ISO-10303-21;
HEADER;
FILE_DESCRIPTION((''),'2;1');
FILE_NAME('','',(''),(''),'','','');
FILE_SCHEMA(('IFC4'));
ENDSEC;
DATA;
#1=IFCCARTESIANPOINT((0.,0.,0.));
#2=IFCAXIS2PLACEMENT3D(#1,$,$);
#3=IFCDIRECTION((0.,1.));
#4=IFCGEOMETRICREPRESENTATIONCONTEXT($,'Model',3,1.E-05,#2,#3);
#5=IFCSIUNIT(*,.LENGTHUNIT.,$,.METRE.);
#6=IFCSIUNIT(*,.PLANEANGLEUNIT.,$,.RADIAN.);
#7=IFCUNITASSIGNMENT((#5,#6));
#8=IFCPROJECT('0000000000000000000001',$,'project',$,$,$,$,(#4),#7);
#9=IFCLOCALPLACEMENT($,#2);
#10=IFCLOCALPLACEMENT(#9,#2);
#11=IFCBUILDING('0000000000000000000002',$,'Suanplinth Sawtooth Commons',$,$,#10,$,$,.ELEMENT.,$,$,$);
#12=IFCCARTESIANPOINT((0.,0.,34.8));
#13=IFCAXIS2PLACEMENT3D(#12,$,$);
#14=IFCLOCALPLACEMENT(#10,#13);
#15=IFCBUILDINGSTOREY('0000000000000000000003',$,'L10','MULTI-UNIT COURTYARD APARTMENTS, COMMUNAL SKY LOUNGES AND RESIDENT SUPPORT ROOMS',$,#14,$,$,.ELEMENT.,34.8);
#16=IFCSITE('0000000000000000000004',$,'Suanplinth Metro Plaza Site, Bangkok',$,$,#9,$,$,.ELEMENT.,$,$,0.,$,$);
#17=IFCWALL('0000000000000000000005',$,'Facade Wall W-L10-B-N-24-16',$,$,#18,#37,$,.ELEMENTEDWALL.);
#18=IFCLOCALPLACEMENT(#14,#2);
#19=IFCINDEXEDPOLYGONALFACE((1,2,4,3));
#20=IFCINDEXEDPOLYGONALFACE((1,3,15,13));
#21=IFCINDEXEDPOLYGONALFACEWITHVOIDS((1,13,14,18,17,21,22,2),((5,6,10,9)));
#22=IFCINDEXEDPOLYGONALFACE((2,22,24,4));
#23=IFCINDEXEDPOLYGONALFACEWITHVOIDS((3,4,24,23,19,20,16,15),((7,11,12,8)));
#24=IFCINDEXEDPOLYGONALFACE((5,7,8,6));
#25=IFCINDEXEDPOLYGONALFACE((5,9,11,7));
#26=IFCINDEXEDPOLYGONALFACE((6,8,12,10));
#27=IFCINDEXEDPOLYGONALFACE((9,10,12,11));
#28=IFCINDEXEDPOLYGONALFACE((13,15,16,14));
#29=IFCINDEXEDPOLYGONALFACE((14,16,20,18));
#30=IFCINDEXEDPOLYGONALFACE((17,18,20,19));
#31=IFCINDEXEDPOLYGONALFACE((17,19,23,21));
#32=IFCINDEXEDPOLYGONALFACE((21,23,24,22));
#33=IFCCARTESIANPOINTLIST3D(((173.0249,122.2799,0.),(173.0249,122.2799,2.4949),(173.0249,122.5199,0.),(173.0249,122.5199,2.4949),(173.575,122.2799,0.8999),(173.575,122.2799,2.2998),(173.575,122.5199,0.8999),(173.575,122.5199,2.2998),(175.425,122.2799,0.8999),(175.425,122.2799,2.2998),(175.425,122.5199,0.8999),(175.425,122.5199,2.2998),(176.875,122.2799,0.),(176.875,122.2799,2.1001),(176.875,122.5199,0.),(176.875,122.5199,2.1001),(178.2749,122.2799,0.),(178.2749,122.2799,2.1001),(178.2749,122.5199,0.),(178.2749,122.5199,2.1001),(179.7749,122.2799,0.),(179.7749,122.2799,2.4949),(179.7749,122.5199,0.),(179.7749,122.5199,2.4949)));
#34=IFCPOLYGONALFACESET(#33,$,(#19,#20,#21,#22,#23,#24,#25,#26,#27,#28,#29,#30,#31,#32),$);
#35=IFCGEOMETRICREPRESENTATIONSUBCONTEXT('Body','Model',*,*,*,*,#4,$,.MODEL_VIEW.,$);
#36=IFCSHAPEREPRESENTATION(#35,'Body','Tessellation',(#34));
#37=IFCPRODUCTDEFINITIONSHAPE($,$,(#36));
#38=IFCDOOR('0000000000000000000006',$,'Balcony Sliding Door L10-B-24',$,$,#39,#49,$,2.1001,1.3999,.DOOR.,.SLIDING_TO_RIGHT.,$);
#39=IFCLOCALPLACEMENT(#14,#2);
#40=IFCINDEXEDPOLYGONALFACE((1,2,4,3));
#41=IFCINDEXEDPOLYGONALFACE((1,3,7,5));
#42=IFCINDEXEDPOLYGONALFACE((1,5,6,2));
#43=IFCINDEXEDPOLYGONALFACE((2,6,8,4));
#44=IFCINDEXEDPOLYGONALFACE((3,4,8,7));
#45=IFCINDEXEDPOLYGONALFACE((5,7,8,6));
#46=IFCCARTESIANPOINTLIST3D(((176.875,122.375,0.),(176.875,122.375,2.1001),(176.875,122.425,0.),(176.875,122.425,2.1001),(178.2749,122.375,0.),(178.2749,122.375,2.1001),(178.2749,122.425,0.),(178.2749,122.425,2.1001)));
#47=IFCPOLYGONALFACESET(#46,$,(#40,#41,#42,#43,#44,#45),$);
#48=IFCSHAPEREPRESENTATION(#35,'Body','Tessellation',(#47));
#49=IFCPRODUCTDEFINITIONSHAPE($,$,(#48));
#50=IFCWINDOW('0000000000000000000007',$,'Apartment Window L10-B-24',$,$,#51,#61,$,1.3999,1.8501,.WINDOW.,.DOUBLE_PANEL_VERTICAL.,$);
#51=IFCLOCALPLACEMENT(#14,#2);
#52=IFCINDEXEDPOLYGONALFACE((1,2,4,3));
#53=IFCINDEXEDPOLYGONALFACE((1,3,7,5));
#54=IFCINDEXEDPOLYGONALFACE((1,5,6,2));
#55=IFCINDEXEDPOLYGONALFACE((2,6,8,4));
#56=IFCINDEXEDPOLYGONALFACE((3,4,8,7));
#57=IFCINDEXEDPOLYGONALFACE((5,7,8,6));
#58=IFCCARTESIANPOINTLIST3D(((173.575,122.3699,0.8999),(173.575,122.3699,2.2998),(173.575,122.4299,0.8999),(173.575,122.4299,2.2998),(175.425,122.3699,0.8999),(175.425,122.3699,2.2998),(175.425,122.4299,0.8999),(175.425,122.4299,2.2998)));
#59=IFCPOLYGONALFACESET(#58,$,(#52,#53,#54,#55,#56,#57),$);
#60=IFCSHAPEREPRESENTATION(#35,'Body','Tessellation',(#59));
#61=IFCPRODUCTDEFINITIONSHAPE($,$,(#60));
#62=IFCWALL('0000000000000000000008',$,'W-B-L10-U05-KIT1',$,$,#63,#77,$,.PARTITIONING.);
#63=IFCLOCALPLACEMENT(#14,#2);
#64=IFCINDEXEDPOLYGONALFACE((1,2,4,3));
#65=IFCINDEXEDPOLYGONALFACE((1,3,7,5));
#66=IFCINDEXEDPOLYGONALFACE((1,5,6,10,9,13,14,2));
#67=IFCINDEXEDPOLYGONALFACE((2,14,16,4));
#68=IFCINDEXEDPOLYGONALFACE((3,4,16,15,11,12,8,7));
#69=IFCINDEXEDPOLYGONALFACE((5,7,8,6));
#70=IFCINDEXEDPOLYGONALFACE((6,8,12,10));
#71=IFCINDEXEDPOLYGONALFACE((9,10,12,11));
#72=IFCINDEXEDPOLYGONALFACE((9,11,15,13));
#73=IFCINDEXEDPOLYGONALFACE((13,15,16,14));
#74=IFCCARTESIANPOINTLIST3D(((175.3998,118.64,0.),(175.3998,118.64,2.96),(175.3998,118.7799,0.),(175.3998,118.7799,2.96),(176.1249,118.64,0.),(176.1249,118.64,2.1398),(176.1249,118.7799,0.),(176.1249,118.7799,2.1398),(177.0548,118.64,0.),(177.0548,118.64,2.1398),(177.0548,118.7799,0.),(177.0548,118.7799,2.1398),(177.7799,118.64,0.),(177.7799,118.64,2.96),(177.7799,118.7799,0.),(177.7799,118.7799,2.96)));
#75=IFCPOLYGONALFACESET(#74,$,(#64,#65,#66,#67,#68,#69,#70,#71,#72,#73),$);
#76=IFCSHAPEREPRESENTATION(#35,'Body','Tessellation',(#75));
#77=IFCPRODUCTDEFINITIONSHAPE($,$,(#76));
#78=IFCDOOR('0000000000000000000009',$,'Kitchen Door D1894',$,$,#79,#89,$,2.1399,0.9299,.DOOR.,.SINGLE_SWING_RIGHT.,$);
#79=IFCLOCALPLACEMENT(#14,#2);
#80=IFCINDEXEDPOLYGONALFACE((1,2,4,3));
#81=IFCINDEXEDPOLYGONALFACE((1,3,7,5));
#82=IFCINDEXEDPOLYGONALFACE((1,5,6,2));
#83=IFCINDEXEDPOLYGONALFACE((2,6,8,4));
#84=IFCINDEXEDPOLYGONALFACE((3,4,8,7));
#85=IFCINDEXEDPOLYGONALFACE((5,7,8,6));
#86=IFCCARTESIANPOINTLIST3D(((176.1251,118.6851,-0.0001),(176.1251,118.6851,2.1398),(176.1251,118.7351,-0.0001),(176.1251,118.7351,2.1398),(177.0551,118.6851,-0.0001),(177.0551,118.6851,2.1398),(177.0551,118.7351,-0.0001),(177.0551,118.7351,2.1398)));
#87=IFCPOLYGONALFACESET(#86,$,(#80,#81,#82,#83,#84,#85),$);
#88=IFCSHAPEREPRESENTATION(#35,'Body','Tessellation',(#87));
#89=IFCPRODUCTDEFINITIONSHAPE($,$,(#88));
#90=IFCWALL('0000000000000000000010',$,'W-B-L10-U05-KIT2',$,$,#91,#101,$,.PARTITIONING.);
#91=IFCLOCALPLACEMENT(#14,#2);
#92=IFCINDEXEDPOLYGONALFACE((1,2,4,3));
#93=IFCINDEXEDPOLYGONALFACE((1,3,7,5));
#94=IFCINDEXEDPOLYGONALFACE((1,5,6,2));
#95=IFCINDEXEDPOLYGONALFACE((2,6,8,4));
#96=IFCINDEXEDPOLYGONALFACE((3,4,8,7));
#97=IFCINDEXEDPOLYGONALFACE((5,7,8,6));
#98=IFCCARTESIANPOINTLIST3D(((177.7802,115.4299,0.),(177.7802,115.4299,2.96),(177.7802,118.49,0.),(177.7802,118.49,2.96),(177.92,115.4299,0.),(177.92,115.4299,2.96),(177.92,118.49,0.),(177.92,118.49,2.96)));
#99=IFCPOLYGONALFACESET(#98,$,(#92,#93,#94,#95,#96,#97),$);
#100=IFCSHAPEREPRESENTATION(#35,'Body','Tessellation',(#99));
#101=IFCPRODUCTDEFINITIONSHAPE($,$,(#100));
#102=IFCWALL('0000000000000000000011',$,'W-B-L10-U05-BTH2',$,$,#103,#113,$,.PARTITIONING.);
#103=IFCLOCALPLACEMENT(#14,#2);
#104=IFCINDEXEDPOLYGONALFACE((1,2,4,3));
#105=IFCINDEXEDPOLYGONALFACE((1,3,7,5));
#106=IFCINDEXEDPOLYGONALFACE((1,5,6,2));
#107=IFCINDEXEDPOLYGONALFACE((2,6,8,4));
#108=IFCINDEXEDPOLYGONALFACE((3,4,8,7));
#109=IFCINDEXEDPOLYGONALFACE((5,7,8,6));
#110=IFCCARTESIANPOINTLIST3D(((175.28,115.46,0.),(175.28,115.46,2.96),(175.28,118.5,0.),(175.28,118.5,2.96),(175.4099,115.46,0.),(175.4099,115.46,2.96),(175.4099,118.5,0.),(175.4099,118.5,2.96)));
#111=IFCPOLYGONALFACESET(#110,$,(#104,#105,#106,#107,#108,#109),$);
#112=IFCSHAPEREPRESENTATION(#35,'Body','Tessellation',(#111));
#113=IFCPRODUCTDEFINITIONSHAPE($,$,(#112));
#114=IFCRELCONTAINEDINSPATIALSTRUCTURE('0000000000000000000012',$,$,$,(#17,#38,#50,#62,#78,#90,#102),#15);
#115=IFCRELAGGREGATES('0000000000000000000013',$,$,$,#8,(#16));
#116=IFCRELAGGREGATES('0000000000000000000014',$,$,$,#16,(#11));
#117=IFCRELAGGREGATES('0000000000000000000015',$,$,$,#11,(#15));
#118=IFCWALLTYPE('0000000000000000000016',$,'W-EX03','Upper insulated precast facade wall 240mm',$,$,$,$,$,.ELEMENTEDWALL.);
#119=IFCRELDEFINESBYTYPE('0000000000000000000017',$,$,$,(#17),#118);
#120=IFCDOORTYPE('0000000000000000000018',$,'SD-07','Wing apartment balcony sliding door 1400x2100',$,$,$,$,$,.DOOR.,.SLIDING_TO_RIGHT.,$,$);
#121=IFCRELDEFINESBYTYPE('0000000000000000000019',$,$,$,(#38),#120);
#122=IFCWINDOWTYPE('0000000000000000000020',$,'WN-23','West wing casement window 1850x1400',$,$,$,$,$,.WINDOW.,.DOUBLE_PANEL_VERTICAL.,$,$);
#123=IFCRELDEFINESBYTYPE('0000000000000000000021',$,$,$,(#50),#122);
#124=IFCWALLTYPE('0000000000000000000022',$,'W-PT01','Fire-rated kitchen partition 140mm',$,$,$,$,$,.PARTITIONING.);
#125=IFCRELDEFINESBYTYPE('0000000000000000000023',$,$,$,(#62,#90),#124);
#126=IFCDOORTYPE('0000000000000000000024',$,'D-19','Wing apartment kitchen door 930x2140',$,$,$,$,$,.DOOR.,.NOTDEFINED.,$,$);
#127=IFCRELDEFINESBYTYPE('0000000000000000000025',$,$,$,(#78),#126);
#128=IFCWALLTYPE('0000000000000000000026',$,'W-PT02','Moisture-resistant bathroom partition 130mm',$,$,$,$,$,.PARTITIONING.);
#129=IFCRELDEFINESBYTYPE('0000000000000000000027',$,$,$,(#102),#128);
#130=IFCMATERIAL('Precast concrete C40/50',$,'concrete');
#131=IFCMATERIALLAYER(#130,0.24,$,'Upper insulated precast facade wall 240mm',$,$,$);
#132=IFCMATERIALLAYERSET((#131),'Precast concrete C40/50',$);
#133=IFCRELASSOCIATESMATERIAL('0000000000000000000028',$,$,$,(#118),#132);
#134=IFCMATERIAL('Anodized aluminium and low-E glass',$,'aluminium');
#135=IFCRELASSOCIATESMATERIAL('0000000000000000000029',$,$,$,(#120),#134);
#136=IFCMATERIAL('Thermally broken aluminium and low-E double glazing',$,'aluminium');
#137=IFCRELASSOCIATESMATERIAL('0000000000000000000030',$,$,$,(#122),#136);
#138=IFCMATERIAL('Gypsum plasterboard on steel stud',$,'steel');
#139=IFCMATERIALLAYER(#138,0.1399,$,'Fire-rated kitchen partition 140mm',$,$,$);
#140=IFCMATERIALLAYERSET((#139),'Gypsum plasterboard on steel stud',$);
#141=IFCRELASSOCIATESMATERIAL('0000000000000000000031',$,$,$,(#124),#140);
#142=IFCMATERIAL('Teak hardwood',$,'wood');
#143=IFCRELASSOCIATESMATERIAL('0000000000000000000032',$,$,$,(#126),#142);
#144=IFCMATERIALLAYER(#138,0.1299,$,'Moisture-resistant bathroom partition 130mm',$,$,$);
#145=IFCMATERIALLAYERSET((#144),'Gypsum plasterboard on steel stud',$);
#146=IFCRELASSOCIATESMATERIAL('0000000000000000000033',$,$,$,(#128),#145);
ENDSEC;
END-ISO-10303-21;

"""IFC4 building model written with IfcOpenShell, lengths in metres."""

from ifc_helpers import new_model, si_unit, direction, frame, frame_2d, origin, place, context, subcontext, project, spatial, rectangle, extrude, material, layer, layer_set, type_object, element, fill, save


model = new_model("IFC4")

# Units and contexts
model_context = context("Model", 3, precision=1e-05, world=origin(), true_north=direction((0.0, 1.0)))
body_context = subcontext(model_context, "Body", "Model", "MODEL_VIEW")
ifc_project = project(units=[si_unit("LENGTHUNIT", "METRE"), si_unit("PLANEANGLEUNIT", "RADIAN")], contexts=[model_context])

# Site, building, storey
site_placement = place(None, origin())
site = spatial("IfcSite", under=ifc_project, at=site_placement, Name="Suanplinth Metro Plaza Site, Bangkok", CompositionType="ELEMENT", RefElevation=0.0)
building_placement = place(site_placement, origin())
building = spatial("IfcBuilding", under=site, at=building_placement, Name="Suanplinth Sawtooth Commons", CompositionType="ELEMENT")
storey_placement = place(building_placement, frame((0.0, 0.0, 34.8)))
storey = spatial("IfcBuildingStorey", under=building, at=storey_placement, Name="L10", Description="MULTI-UNIT COURTYARD APARTMENTS, COMMUNAL SKY LOUNGES AND RESIDENT SUPPORT ROOMS", CompositionType="ELEMENT", Elevation=34.8)

# Shared definitions
ifc_material_1 = material(Name="Precast concrete C40/50", Category="concrete")

# Wall, openings, door, window
ifc_layer_1 = layer(ifc_material_1, 0.24, Name="Upper insulated precast facade wall 240mm")
ifc_layer_set_1 = layer_set([ifc_layer_1], Name="Precast concrete C40/50")
wall_type_1 = type_object("IfcWallType", Name="W-EX03", Description="Upper insulated precast facade wall 240mm", PredefinedType="ELEMENTEDWALL", material=ifc_layer_set_1)
wall_1_placement = place(storey_placement, frame((173.0249, 122.3999, 0.0), z_axis=(0.0, 0.0, 1.0), x_axis=(1.0, 0.0, 0.0)))
wall_1 = element("IfcWall", 1, at=wall_1_placement, inside=storey, type_object=wall_type_1, Name="Facade Wall W-L10-B-N-24-16", PredefinedType="ELEMENTEDWALL", context=body_context, shape_type="SweptSolid", body=[
    extrude(rectangle(XDim=6.75, YDim=0.24, at=frame_2d((3.375, 0.0))), origin(), (0.0, 0.0, 1.0), 2.4949),
])
opening_1_placement = place(wall_1_placement, frame((3.8501, 0.0, 0.0)))
opening_1 = element("IfcOpeningElement", 2, at=opening_1_placement, cuts=wall_1, PredefinedType="OPENING", context=body_context, shape_type="SweptSolid", body=[
    extrude(rectangle(XDim=1.3999, YDim=2.1001, at=frame_2d((0.7, 1.05))), frame((0.0, 0.1348, 0.0), z_axis=(0.0, -1.0, 0.0), x_axis=(1.0, 0.0, 0.0)), (0.0, 0.0, 1.0), 0.2698),
])
opening_2_placement = place(wall_1_placement, frame((0.55, 0.0, 0.8999)))
opening_2 = element("IfcOpeningElement", 3, at=opening_2_placement, cuts=wall_1, PredefinedType="OPENING", context=body_context, shape_type="SweptSolid", body=[
    extrude(rectangle(XDim=1.8501, YDim=1.3999, at=frame_2d((0.925, 0.7))), frame((0.0, 0.1348, 0.0), z_axis=(0.0, -1.0, 0.0), x_axis=(1.0, 0.0, 0.0)), (0.0, 0.0, 1.0), 0.2698),
])
ifc_material_2 = material(Name="Anodized aluminium and low-E glass", Category="aluminium")
door_type_1 = type_object("IfcDoorType", Name="SD-07", Description="Wing apartment balcony sliding door 1400x2100", OperationType="SLIDING_TO_RIGHT", PredefinedType="DOOR", material=ifc_material_2)
door_1_placement = place(opening_1_placement, frame((1.3999, 0.0, 0.0), z_axis=(0.0, 0.0, 1.0), x_axis=(-1.0, 0.0, 0.0)))
door_1 = element("IfcDoor", 4, at=door_1_placement, inside=storey, type_object=door_type_1, Name="Balcony Sliding Door L10-B-24", OperationType="SLIDING_TO_RIGHT", OverallHeight=2.1001, OverallWidth=1.3999, PredefinedType="DOOR", context=body_context, shape_type="SweptSolid", body=[
    extrude(rectangle(XDim=1.3999, YDim=2.1001, at=frame_2d((0.7, 1.05))), frame((0.0, 0.0249, 0.0), z_axis=(0.0, -1.0, 0.0), x_axis=(1.0, 0.0, 0.0)), (0.0, 0.0, 1.0), 0.05),
])
fill(opening_1, door_1)
ifc_material_3 = material(Name="Thermally broken aluminium and low-E double glazing", Category="aluminium")
window_type_1 = type_object("IfcWindowType", Name="WN-23", Description="West wing casement window 1850x1400", PartitioningType="DOUBLE_PANEL_VERTICAL", PredefinedType="WINDOW", material=ifc_material_3)
window_1_placement = place(opening_2_placement, origin())
window_1 = element("IfcWindow", 5, at=window_1_placement, inside=storey, type_object=window_type_1, Name="Apartment Window L10-B-24", OverallHeight=1.3999, OverallWidth=1.8501, PartitioningType="DOUBLE_PANEL_VERTICAL", PredefinedType="WINDOW", context=body_context, shape_type="SweptSolid", body=[
    extrude(rectangle(XDim=1.8501, YDim=1.3999, at=frame_2d((0.925, 0.7))), frame((0.0, 0.03, 0.0), z_axis=(0.0, -1.0, 0.0), x_axis=(1.0, 0.0, 0.0)), (0.0, 0.0, 1.0), 0.0601),
])
fill(opening_2, window_1)

# Wall, opening, door
ifc_material_4 = material(Name="Gypsum plasterboard on steel stud", Category="steel")
ifc_layer_2 = layer(ifc_material_4, 0.1399, Name="Fire-rated kitchen partition 140mm")
ifc_layer_set_2 = layer_set([ifc_layer_2], Name="Gypsum plasterboard on steel stud")
wall_type_2 = type_object("IfcWallType", Name="W-PT01", Description="Fire-rated kitchen partition 140mm", PredefinedType="PARTITIONING", material=ifc_layer_set_2)
wall_2_placement = place(storey_placement, frame((175.3999, 118.71, 0.0), z_axis=(0.0, 0.0, 1.0), x_axis=(1.0, 0.0, 0.0)))
wall_2 = element("IfcWall", 6, at=wall_2_placement, inside=storey, type_object=wall_type_2, Name="W-B-L10-U05-KIT1", PredefinedType="PARTITIONING", context=body_context, shape_type="SweptSolid", body=[
    extrude(rectangle(XDim=2.3801, YDim=0.1399, at=frame_2d((1.1899, 0.0))), origin(), (0.0, 0.0, 1.0), 2.96),
])
opening_3_placement = place(wall_2_placement, frame((0.7251, 0.0, 0.0)))
opening_3 = element("IfcOpeningElement", 7, at=opening_3_placement, cuts=wall_2, PredefinedType="OPENING", context=body_context, shape_type="SweptSolid", body=[
    extrude(rectangle(XDim=0.9299, YDim=2.1399, at=frame_2d((0.4648, 1.0698))), frame((0.0, 0.085, 0.0), z_axis=(0.0, -1.0, 0.0), x_axis=(1.0, 0.0, 0.0)), (0.0, 0.0, 1.0), 0.1697),
])
ifc_material_5 = material(Name="Teak hardwood", Category="wood")
door_type_2 = type_object("IfcDoorType", Name="D-19", Description="Wing apartment kitchen door 930x2140", OperationType="NOTDEFINED", PredefinedType="DOOR", material=ifc_material_5)
door_2_placement = place(opening_3_placement, frame((0.9299, 0.0, 0.0), z_axis=(0.0, 0.0, 1.0), x_axis=(-1.0, 0.0, 0.0)))
door_2 = element("IfcDoor", 8, at=door_2_placement, inside=storey, type_object=door_type_2, Name="Kitchen Door D1894", OperationType="SINGLE_SWING_RIGHT", OverallHeight=2.1399, OverallWidth=0.9299, PredefinedType="DOOR", context=body_context, shape_type="SweptSolid", body=[
    extrude(rectangle(XDim=0.9299, YDim=2.1399, at=frame_2d((0.4648, 1.0698))), frame((0.0, 0.0249, 0.0), z_axis=(0.0, -1.0, 0.0), x_axis=(1.0, 0.0, 0.0)), (0.0, 0.0, 1.0), 0.05),
])
fill(opening_3, door_2)

# Walls
wall_3_placement = place(storey_placement, frame((177.8501, 115.4299, 0.0), z_axis=(0.0, 0.0, 1.0), x_axis=(0.0, 1.0, 0.0)))
element("IfcWall", 9, at=wall_3_placement, inside=storey, type_object=wall_type_2, Name="W-B-L10-U05-KIT2", PredefinedType="PARTITIONING", context=body_context, shape_type="SweptSolid", body=[
    extrude(rectangle(XDim=3.0601, YDim=0.1399, at=frame_2d((1.53, 0.0))), origin(), (0.0, 0.0, 1.0), 2.96),
])
ifc_layer_3 = layer(ifc_material_4, 0.1299, Name="Moisture-resistant bathroom partition 130mm")
ifc_layer_set_3 = layer_set([ifc_layer_3], Name="Gypsum plasterboard on steel stud")
wall_type_3 = type_object("IfcWallType", Name="W-PT02", Description="Moisture-resistant bathroom partition 130mm", PredefinedType="PARTITIONING", material=ifc_layer_set_3)
wall_4_placement = place(storey_placement, frame((175.345, 115.46, 0.0), z_axis=(0.0, 0.0, 1.0), x_axis=(0.0, 1.0, 0.0)))
element("IfcWall", 10, at=wall_4_placement, inside=storey, type_object=wall_type_3, Name="W-B-L10-U05-BTH2", PredefinedType="PARTITIONING", context=body_context, shape_type="SweptSolid", body=[
    extrude(rectangle(XDim=3.04, YDim=0.1299, at=frame_2d((1.52, 0.0))), origin(), (0.0, 0.0, 1.0), 2.96),
])

save(model, "model.ifc")
